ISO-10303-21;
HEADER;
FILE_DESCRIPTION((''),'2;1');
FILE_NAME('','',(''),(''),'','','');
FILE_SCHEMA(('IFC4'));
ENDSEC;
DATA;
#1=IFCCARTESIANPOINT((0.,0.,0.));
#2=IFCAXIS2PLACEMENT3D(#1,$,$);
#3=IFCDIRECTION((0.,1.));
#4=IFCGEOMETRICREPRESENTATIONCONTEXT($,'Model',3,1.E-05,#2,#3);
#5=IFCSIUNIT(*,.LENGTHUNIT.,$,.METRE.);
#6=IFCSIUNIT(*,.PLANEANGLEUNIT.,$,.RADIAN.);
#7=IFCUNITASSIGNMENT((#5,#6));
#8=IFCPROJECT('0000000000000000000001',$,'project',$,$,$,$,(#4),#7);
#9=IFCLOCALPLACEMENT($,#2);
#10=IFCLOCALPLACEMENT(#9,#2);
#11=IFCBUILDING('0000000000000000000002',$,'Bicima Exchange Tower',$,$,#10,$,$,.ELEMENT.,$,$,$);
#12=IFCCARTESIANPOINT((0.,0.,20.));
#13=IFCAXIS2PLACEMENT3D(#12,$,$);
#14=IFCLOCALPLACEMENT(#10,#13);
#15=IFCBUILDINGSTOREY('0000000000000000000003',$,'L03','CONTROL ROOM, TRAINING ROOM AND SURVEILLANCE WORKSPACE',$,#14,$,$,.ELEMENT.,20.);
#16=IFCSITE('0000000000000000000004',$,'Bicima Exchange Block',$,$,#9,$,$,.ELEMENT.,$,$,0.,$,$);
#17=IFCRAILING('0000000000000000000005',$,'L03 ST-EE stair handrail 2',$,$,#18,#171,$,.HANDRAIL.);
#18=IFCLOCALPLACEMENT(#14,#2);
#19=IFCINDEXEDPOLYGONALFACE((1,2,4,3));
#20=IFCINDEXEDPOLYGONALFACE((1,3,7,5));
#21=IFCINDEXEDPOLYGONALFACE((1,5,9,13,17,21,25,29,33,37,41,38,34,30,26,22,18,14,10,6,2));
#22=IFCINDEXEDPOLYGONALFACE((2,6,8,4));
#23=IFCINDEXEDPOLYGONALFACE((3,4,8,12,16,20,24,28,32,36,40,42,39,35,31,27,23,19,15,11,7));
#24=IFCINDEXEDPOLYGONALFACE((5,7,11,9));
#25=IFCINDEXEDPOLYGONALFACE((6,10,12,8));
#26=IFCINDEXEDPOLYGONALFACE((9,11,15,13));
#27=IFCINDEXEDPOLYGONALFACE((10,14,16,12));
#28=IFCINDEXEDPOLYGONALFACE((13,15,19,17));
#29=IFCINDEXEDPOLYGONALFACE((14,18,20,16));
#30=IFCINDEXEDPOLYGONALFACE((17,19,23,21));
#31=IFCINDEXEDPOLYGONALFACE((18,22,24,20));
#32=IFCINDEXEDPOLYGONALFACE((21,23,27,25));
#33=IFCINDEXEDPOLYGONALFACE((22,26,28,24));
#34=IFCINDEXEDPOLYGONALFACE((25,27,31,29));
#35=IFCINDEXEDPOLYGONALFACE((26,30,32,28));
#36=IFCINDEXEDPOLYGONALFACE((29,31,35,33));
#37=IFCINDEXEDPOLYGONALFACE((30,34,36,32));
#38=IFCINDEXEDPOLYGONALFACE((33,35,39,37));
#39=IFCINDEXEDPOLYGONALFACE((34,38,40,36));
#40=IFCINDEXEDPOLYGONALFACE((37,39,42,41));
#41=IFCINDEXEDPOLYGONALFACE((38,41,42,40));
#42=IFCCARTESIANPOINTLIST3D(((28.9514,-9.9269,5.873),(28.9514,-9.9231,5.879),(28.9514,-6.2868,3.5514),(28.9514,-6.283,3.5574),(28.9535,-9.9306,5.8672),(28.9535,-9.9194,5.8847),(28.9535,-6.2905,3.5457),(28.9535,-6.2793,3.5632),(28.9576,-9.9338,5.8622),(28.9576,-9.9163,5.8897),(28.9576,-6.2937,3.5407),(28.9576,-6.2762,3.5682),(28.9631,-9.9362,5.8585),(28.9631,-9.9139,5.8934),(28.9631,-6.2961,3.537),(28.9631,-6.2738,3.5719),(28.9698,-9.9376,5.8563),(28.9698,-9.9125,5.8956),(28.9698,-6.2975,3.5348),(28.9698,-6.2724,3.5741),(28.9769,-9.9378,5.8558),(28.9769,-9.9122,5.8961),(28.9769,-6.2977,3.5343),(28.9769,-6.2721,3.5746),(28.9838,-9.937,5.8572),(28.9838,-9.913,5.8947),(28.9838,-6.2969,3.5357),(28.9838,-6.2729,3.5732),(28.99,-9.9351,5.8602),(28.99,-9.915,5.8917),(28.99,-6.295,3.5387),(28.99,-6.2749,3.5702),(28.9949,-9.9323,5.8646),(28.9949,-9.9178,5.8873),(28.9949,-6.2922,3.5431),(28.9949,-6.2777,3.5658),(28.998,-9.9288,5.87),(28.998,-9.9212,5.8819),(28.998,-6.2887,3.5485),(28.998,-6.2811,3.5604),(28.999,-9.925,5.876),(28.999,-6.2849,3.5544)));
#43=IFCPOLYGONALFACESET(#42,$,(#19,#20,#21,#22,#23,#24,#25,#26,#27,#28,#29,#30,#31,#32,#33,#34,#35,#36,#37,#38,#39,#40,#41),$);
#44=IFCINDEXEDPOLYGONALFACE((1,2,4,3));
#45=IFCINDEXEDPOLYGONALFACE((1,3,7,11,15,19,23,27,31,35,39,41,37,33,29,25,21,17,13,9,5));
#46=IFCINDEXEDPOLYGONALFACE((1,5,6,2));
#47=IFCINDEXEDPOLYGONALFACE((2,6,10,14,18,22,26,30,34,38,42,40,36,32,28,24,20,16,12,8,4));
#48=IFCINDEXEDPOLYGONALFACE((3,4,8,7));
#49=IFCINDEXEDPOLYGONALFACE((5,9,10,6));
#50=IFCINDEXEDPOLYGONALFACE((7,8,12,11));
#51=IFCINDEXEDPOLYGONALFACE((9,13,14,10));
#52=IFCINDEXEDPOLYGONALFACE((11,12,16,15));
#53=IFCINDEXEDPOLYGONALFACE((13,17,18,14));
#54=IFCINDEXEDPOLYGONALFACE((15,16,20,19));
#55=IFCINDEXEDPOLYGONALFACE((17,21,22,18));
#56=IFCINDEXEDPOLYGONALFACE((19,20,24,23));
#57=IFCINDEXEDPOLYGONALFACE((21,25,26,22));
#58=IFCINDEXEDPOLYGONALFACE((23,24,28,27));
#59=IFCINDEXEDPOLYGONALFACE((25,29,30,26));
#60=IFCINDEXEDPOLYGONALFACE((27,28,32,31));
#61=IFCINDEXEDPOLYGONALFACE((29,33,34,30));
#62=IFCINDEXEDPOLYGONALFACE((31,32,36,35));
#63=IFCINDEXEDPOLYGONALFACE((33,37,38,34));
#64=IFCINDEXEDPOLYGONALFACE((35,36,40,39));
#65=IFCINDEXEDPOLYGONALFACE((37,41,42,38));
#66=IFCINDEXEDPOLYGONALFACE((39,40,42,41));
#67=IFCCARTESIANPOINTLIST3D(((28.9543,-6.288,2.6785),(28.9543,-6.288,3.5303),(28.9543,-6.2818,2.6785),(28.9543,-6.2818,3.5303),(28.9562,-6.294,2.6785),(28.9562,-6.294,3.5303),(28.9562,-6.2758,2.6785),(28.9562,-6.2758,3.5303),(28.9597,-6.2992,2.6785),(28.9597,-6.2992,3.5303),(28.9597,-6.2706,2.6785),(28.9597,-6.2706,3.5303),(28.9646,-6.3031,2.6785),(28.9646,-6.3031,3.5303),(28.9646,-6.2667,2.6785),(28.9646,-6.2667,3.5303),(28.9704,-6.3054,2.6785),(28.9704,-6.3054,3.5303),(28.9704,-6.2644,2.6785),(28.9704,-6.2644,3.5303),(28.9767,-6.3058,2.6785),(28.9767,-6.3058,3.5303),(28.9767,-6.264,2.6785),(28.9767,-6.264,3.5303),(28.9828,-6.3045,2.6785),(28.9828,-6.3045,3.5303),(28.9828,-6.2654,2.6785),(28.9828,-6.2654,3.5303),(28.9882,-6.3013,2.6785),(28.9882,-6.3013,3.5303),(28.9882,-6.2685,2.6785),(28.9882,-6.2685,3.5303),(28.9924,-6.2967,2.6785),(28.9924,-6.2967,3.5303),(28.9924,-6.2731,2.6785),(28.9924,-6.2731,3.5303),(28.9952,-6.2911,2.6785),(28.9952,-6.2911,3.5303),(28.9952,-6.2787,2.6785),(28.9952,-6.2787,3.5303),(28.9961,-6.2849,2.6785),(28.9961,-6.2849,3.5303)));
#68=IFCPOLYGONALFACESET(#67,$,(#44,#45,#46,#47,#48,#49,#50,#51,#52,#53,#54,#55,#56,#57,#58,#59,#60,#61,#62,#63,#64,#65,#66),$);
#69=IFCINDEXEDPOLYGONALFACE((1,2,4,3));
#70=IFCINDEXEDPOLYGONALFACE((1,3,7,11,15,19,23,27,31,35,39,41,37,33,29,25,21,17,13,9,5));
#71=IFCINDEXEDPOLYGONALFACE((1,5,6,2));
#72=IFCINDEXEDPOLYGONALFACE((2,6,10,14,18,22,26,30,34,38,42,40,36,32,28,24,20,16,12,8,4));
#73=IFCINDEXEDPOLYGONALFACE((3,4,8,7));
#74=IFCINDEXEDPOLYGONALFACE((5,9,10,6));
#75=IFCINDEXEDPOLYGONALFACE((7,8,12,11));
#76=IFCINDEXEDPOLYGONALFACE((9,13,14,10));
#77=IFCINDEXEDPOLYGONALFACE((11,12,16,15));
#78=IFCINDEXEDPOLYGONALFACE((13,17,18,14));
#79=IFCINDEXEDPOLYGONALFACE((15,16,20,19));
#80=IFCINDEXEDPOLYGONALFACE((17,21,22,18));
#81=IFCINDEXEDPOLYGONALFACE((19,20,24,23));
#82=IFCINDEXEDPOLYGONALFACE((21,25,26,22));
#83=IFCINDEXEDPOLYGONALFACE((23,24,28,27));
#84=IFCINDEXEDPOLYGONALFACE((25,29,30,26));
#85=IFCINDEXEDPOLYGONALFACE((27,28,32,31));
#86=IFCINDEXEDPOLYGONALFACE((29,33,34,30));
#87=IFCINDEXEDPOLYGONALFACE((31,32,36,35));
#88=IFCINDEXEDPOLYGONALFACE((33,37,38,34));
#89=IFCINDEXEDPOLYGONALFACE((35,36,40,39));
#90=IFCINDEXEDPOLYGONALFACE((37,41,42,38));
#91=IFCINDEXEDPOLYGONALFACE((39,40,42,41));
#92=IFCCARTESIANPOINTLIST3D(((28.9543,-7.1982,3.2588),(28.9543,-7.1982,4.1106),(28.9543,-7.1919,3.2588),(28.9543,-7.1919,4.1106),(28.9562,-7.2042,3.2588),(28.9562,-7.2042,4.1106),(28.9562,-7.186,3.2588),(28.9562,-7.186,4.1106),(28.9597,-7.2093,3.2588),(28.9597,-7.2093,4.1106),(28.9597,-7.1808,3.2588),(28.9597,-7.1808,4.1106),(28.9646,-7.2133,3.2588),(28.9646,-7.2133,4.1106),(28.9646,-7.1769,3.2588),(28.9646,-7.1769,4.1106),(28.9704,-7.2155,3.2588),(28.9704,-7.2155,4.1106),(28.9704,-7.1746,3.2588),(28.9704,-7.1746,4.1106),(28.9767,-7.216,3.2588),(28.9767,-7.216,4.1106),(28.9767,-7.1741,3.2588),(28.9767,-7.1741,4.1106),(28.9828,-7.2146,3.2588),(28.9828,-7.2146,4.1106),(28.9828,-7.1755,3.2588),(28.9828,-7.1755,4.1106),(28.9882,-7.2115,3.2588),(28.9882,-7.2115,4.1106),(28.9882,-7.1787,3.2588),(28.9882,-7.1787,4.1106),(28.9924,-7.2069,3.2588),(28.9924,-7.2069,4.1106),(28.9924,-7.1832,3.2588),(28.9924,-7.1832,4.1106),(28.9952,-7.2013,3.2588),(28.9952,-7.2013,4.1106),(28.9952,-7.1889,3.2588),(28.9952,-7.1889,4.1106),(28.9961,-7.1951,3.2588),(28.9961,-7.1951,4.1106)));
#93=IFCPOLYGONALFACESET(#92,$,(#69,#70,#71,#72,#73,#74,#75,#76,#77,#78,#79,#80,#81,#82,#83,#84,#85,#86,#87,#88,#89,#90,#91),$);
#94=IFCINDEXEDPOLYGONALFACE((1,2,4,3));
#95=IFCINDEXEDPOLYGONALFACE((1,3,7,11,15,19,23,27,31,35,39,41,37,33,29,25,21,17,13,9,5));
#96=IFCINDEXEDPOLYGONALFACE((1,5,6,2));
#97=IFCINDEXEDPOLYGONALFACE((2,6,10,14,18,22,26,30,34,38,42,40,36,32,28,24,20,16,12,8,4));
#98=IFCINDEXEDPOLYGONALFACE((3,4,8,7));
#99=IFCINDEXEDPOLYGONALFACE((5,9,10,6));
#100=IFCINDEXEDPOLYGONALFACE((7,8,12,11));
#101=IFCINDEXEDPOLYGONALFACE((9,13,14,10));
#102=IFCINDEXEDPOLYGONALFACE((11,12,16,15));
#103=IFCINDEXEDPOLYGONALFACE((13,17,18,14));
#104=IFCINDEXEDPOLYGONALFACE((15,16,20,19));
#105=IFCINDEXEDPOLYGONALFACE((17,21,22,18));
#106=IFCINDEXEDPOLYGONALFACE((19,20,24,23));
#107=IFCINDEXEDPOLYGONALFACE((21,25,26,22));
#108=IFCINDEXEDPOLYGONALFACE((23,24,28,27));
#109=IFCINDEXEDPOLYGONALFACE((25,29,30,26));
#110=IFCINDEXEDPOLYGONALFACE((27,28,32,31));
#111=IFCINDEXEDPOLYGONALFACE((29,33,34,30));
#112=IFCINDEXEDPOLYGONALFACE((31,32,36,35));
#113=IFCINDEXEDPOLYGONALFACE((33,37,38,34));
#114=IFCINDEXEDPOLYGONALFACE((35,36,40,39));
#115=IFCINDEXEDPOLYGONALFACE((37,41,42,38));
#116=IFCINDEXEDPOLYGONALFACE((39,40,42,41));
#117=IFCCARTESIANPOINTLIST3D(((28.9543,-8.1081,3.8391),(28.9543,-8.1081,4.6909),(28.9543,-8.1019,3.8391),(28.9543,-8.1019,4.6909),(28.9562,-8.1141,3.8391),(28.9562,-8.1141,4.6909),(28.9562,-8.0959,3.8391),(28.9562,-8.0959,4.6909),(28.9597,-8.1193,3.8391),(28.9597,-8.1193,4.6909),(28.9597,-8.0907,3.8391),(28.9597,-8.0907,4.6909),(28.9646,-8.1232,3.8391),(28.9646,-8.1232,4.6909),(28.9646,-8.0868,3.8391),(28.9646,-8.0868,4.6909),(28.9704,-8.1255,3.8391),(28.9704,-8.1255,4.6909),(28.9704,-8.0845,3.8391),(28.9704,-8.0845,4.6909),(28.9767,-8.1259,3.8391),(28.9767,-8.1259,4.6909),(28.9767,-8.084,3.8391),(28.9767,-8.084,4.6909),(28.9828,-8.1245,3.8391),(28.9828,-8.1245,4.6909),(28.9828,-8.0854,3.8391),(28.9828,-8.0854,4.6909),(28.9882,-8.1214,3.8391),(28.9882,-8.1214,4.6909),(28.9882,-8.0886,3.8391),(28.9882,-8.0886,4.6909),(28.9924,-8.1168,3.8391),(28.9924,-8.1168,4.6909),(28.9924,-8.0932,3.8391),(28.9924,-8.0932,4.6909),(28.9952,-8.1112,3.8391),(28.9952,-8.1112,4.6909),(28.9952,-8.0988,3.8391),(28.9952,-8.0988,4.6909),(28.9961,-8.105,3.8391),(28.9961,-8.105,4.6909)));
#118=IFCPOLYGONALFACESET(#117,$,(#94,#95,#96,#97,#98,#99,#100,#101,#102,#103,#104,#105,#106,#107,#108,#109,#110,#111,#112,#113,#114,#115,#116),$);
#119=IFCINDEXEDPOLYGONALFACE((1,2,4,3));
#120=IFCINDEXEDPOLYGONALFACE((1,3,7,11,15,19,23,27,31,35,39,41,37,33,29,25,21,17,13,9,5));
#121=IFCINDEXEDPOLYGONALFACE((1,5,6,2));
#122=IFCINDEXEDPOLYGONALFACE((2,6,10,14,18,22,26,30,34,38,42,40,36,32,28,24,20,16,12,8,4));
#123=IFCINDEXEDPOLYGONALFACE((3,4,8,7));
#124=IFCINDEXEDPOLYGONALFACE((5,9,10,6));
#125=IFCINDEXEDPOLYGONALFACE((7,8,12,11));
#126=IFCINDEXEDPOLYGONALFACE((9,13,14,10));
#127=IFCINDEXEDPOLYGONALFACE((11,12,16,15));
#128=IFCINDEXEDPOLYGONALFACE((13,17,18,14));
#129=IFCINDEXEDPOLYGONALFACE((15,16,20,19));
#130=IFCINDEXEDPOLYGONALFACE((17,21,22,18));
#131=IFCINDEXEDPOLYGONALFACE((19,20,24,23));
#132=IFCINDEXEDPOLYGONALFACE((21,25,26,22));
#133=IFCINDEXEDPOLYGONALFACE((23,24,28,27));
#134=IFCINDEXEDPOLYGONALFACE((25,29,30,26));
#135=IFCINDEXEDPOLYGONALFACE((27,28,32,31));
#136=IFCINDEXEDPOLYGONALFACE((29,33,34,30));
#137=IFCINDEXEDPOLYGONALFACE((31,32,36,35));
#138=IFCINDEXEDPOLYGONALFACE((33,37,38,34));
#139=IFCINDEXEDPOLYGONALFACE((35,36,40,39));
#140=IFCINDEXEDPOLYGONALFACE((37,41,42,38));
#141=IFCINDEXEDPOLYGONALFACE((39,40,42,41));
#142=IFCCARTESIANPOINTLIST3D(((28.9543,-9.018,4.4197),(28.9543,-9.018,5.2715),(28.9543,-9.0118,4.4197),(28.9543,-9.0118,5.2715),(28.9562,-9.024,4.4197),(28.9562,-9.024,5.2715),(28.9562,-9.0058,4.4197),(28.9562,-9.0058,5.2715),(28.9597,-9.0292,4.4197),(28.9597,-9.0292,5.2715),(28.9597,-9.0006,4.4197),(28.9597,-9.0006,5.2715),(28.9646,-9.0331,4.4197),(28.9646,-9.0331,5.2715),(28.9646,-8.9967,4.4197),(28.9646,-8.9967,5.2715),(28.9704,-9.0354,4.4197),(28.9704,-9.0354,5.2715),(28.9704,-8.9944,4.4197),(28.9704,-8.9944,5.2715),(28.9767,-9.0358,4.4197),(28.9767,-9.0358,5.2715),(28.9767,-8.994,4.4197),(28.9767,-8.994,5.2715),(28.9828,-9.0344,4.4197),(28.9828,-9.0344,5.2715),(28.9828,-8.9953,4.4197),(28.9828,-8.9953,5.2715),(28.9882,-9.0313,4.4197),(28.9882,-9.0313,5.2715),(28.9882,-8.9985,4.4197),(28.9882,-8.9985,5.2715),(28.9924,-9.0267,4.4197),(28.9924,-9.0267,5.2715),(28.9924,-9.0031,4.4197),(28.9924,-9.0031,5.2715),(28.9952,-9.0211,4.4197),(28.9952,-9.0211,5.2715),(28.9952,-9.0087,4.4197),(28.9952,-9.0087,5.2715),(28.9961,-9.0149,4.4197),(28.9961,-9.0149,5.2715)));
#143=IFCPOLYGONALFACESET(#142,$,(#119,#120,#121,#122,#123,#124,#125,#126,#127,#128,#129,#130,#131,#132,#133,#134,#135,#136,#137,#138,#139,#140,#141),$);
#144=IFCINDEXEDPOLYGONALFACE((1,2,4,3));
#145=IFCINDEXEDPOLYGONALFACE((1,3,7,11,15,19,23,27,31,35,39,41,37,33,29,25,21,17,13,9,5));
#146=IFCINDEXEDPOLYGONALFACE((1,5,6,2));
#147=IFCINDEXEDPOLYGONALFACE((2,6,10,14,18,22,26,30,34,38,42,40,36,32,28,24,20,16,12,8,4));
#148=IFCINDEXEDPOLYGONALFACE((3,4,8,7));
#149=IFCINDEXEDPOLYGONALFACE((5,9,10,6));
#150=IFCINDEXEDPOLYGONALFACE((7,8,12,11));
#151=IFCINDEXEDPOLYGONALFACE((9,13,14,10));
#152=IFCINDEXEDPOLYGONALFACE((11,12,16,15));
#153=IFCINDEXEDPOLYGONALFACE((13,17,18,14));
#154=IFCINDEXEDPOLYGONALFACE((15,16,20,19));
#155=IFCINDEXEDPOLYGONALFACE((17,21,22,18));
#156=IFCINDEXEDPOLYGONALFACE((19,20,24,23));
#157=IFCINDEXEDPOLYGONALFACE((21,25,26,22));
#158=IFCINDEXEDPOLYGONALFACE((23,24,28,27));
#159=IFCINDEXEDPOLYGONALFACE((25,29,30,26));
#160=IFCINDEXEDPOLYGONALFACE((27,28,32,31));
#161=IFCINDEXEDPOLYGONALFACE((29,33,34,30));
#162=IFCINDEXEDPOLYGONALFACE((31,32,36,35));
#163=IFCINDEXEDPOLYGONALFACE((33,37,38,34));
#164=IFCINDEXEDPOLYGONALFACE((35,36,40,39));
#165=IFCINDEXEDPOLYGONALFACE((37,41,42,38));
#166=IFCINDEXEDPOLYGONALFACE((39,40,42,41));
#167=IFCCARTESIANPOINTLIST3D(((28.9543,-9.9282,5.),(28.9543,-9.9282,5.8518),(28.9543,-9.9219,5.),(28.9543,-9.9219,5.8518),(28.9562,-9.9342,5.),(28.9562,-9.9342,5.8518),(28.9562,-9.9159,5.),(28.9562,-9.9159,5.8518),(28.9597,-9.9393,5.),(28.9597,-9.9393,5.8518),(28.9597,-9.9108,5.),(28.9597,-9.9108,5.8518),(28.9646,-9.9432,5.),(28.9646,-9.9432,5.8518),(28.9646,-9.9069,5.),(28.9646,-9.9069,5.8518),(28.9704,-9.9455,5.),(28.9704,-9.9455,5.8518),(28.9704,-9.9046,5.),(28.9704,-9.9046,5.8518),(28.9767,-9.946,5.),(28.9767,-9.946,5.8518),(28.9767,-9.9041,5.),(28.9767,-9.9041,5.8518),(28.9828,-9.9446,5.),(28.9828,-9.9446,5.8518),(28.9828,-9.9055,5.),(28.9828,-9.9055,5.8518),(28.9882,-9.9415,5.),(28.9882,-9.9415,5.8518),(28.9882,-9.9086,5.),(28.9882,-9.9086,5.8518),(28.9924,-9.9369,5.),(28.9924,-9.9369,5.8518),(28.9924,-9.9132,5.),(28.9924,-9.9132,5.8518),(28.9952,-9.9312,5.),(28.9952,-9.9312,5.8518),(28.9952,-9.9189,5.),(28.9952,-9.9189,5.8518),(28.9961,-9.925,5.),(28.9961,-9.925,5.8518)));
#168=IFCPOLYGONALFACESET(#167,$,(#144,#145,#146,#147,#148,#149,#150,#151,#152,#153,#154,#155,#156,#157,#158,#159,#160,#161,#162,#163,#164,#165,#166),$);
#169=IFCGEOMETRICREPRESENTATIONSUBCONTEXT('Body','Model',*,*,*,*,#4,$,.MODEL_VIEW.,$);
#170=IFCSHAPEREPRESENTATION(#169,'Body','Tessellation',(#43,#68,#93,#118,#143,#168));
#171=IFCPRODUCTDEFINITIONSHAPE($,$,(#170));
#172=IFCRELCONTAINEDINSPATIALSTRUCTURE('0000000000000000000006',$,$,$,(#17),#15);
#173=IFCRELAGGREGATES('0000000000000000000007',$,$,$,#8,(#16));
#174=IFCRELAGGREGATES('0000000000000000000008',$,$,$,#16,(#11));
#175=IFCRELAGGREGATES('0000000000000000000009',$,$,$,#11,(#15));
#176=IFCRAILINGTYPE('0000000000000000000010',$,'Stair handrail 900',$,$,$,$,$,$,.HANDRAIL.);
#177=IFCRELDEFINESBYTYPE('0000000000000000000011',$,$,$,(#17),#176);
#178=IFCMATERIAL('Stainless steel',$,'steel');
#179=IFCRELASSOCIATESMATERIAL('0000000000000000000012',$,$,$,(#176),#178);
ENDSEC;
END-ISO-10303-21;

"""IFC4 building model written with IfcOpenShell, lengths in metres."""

from ifc_helpers import new_model, si_unit, direction, frame, origin, origin_2d, place, context, subcontext, project, spatial, circle, extrude, material, type_object, element, save


model = new_model("IFC4")

# Units and contexts
model_context = context("Model", 3, precision=1e-05, world=origin(), true_north=direction((0.0, 1.0)))
body_context = subcontext(model_context, "Body", "Model", "MODEL_VIEW")
ifc_project = project(units=[si_unit("LENGTHUNIT", "METRE"), si_unit("PLANEANGLEUNIT", "RADIAN")], contexts=[model_context])

# Site, building, storey
site_placement = place(None, origin())
site = spatial("IfcSite", under=ifc_project, at=site_placement, Name="Bicima Exchange Block", CompositionType="ELEMENT", RefElevation=0.0)
building_placement = place(site_placement, origin())
building = spatial("IfcBuilding", under=site, at=building_placement, Name="Bicima Exchange Tower", CompositionType="ELEMENT")
storey_placement = place(building_placement, frame((0.0, 0.0, 20.0)))
storey = spatial("IfcBuildingStorey", under=building, at=storey_placement, Name="L03", Description="CONTROL ROOM, TRAINING ROOM AND SURVEILLANCE WORKSPACE", CompositionType="ELEMENT", Elevation=20.0)

# Railing
ifc_material_1 = material(Name="Stainless steel", Category="steel")
railing_type_1 = type_object("IfcRailingType", Name="Stair handrail 900", PredefinedType="HANDRAIL", material=ifc_material_1)
railing_1_placement = place(storey_placement, frame((28.9751, -6.2849, 2.6785)))
element("IfcRailing", 1, at=railing_1_placement, inside=storey, type_object=railing_type_1, Name="L03 ST-EE stair handrail 2", PredefinedType="HANDRAIL", context=body_context, shape_type="SweptSolid", body=[
    extrude(circle(Radius=0.0239, at=origin_2d()), frame((0.0, 0.0, 0.876), z_axis=(0.0, -0.843128, 0.537713), x_axis=(1.0, 0.0, 0.0)), (0.0, 0.0, 1.0), 4.3174),
    extrude(circle(Radius=0.021, at=origin_2d()), origin(), (0.0, 0.0, 1.0), 0.8518),
    extrude(circle(Radius=0.021, at=origin_2d()), frame((0.0, -0.9102, 0.5803)), (0.0, 0.0, 1.0), 0.8518),
    extrude(circle(Radius=0.021, at=origin_2d()), frame((0.0, -1.8201, 1.1606)), (0.0, 0.0, 1.0), 0.8518),
    extrude(circle(Radius=0.021, at=origin_2d()), frame((0.0, -2.73, 1.7412)), (0.0, 0.0, 1.0), 0.8518),
    extrude(circle(Radius=0.021, at=origin_2d()), frame((0.0, -3.6401, 2.3215)), (0.0, 0.0, 1.0), 0.8518),
])

save(model, "model.ifc")
